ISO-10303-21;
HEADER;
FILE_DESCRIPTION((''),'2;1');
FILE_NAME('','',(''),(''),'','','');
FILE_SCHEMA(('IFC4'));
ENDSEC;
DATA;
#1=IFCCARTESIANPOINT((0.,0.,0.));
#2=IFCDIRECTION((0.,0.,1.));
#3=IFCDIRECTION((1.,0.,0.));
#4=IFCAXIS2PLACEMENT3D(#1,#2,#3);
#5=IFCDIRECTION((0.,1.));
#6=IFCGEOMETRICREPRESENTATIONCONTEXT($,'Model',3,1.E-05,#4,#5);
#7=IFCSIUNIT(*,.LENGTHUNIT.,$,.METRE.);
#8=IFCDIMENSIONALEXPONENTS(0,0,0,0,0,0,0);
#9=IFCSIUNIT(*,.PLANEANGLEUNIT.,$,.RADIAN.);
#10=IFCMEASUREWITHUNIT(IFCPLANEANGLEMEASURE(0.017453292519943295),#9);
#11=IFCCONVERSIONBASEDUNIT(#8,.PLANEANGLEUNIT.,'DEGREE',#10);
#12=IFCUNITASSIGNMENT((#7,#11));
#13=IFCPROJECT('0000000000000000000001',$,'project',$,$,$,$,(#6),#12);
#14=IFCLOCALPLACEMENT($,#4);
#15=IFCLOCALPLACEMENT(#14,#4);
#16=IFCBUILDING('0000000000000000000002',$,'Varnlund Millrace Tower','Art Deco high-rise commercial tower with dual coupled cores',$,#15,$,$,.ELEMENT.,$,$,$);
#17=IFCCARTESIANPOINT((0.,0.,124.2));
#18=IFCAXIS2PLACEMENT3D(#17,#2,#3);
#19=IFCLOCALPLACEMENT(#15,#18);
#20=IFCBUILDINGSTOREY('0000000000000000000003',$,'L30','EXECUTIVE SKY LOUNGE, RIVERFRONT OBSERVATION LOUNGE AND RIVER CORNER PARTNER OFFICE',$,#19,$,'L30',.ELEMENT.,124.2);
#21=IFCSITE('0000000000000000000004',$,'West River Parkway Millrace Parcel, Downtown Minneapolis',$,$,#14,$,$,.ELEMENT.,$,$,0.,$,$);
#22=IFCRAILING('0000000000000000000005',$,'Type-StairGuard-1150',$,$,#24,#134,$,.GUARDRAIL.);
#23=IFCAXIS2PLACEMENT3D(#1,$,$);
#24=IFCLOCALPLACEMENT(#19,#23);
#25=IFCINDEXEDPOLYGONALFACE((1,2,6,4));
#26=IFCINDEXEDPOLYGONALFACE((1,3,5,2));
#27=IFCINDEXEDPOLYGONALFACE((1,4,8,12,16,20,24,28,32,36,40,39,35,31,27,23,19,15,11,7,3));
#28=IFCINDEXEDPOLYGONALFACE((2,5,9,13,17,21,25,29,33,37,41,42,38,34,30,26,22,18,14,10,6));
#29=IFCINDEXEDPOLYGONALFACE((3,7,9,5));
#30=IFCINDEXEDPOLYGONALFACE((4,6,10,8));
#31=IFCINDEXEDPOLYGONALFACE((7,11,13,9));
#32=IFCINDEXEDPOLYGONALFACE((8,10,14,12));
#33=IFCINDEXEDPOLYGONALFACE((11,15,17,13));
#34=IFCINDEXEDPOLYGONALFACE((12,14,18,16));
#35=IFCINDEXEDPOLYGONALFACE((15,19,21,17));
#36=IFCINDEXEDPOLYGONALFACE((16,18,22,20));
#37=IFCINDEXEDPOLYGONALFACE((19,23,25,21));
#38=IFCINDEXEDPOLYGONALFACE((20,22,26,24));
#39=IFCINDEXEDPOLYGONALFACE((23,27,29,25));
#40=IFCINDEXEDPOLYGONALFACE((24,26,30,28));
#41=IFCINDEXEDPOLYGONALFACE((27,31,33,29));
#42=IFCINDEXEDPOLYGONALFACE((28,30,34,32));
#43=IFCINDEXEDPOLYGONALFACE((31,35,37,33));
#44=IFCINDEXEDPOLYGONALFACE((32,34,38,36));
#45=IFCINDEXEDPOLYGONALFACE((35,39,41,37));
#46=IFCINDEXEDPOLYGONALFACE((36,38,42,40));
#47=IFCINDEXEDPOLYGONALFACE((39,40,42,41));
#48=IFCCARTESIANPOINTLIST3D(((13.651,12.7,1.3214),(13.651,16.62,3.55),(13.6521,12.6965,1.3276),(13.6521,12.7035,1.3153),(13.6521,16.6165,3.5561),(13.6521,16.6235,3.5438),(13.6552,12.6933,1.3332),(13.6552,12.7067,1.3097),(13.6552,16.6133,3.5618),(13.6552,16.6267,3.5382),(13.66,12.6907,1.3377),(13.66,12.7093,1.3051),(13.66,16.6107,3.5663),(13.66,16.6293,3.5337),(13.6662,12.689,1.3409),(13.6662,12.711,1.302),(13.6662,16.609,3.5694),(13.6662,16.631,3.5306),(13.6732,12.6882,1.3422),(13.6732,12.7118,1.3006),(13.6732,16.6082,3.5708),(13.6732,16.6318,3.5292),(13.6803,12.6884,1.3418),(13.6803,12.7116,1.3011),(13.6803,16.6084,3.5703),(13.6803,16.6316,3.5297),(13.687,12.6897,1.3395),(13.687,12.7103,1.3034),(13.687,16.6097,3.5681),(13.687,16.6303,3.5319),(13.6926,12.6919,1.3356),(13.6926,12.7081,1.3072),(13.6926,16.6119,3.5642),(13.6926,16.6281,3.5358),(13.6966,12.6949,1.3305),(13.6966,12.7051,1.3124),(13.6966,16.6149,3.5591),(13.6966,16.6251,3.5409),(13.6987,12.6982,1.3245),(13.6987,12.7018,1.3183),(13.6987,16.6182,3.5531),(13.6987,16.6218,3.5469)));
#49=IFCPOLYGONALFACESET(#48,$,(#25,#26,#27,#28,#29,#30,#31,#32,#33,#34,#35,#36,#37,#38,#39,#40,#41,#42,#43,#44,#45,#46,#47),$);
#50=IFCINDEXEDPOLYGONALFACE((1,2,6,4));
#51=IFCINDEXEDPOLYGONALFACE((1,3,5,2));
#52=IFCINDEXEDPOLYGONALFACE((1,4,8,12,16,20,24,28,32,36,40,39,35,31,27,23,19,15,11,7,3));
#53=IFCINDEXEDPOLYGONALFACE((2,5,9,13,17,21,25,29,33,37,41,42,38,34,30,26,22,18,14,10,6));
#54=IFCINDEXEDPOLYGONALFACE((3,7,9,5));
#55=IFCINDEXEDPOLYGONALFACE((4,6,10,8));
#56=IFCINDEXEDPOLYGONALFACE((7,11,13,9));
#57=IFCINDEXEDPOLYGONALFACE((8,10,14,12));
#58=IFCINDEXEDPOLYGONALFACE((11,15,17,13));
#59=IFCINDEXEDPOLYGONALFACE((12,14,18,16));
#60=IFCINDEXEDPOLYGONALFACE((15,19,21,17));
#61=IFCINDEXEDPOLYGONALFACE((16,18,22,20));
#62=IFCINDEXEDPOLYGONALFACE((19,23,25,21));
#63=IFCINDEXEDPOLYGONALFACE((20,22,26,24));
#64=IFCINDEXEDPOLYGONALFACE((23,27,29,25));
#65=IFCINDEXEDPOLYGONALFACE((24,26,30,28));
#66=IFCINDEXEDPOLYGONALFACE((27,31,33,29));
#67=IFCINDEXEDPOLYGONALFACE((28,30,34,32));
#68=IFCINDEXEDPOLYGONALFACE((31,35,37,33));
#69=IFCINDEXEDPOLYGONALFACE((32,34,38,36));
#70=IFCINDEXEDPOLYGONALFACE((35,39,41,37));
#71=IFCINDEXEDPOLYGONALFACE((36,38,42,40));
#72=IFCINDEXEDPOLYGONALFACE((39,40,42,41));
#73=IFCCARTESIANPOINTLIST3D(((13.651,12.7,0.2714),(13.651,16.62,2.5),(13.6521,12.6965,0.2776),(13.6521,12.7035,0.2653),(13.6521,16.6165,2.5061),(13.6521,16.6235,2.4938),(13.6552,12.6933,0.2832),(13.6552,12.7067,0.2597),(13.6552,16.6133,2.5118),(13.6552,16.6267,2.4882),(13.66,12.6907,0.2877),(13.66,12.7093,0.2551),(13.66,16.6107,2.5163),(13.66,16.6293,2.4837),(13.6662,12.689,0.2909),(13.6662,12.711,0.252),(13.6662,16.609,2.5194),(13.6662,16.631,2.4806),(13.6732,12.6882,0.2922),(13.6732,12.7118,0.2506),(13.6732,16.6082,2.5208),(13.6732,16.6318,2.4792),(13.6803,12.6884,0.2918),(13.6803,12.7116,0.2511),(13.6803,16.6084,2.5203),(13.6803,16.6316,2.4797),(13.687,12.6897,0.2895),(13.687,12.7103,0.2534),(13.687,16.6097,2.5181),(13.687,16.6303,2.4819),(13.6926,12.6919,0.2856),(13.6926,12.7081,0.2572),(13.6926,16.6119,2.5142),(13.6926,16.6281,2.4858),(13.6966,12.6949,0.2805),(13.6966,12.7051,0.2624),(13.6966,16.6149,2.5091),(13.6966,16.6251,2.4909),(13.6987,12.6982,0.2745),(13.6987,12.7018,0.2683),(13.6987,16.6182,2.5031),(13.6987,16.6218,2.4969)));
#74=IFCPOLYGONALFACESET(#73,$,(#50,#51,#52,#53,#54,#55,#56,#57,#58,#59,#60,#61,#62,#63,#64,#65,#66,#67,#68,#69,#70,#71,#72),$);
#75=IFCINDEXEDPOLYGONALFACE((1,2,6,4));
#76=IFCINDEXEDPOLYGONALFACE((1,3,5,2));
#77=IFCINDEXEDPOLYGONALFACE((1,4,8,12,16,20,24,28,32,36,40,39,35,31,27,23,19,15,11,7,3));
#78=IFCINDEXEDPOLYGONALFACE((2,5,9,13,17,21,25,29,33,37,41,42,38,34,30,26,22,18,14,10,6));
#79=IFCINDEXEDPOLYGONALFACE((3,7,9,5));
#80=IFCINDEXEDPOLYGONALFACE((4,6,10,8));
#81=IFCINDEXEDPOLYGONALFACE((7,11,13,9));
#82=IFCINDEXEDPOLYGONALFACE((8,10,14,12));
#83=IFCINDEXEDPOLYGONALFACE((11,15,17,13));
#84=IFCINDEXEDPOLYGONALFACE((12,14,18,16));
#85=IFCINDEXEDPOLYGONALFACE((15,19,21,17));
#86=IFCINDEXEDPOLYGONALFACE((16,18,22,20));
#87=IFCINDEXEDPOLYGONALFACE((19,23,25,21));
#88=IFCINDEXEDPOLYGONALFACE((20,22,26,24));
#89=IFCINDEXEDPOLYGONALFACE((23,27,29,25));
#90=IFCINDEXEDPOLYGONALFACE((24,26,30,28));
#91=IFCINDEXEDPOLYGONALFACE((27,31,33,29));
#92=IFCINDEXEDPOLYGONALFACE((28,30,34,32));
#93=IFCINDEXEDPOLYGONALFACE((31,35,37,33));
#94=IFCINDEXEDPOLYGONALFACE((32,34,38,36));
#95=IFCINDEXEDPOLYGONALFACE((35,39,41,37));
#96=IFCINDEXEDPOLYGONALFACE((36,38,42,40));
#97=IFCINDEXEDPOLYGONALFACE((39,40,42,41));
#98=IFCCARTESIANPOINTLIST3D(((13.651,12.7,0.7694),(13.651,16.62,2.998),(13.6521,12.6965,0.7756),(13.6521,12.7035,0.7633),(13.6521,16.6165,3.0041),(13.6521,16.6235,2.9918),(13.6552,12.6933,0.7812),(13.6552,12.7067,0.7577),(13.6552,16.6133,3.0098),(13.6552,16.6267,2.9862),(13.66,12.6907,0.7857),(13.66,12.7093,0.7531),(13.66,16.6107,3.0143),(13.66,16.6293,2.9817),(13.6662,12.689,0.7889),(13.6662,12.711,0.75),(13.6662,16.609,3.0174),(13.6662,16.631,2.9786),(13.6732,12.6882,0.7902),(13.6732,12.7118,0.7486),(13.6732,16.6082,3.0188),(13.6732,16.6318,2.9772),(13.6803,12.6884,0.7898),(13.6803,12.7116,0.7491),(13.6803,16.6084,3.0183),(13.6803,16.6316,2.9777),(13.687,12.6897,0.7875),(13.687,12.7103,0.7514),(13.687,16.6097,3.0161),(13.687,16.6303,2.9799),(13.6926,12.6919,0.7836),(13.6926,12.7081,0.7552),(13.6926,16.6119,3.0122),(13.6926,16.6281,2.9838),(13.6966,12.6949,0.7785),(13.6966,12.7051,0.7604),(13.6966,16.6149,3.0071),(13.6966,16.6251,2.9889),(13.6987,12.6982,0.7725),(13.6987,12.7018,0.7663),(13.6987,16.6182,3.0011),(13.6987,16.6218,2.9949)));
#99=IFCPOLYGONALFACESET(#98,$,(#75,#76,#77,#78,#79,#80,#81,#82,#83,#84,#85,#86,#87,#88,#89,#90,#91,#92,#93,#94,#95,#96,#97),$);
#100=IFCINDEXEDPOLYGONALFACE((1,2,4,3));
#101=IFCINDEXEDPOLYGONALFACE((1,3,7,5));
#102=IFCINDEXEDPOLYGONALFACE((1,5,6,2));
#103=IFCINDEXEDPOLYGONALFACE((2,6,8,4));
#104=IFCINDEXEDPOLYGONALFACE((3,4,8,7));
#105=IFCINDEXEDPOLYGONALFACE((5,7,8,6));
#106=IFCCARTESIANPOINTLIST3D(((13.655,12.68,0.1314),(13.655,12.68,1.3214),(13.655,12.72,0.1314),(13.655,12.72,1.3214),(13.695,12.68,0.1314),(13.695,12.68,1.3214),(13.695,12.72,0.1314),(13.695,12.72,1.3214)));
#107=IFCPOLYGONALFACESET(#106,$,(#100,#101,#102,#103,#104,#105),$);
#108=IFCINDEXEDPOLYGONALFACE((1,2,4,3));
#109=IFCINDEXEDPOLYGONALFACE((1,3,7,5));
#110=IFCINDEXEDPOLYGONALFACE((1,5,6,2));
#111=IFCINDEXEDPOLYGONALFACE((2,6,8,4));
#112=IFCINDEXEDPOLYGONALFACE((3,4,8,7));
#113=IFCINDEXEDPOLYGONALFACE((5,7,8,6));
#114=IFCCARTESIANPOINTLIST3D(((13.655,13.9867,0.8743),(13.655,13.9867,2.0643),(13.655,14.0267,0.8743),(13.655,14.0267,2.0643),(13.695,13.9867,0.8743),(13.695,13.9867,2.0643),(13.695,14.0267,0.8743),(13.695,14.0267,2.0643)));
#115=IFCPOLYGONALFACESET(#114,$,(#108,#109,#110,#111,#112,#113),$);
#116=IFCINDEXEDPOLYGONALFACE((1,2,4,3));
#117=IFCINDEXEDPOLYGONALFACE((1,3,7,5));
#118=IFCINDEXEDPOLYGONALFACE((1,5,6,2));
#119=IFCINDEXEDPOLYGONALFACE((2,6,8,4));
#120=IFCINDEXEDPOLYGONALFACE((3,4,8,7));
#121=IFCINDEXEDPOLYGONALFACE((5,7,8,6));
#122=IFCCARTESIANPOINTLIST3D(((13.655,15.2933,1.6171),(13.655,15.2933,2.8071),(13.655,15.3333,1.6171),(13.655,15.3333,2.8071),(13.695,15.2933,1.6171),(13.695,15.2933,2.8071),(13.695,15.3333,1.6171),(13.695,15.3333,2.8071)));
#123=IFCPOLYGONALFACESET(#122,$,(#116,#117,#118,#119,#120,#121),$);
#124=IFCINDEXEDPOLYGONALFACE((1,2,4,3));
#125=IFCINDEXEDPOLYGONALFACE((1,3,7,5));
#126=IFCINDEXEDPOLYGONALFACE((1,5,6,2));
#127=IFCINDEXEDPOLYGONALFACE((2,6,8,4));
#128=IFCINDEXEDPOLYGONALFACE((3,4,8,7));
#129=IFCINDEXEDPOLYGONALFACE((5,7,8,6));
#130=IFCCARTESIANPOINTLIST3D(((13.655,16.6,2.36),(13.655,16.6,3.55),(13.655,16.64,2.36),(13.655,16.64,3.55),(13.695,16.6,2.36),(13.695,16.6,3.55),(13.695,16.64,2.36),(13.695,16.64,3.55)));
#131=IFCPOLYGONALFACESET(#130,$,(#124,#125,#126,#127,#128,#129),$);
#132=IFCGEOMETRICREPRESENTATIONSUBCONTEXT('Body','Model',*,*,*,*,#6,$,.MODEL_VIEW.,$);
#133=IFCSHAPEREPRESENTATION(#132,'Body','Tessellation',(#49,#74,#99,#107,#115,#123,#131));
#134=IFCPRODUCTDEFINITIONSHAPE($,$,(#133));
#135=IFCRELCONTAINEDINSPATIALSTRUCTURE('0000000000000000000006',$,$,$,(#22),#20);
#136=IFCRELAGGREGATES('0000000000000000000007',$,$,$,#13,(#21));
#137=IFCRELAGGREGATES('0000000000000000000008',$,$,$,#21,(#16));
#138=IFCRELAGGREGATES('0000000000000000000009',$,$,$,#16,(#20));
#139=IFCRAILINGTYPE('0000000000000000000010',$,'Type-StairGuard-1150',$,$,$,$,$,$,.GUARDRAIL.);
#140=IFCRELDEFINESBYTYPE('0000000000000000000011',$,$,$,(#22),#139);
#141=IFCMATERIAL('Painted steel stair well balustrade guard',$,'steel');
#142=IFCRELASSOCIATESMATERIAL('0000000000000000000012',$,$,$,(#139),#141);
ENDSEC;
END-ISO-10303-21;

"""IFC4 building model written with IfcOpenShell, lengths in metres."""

from ifc_helpers import new_model, entity, si_unit, converted_unit, direction, frame, origin_with_axes, origin_2d_with_axis, place, context, subcontext, project, spatial, rectangle, circle, extrude, material, type_object, element, save


model = new_model("IFC4")

# Units and contexts
model_context = context("Model", 3, precision=1e-05, world=origin_with_axes(), true_north=direction((0.0, 1.0)))
body_context = subcontext(model_context, "Body", "Model", "MODEL_VIEW")
ifc_project = project(units=[si_unit("LENGTHUNIT", "METRE"), converted_unit("PLANEANGLEUNIT", "DEGREE", entity("IfcPlaneAngleMeasure", 0.017453292519943295), si_unit("PLANEANGLEUNIT", "RADIAN"), dimensions=[0, 0, 0, 0, 0, 0, 0])], contexts=[model_context])

# Site, building, storey
site_placement = place(None, origin_with_axes())
site = spatial("IfcSite", under=ifc_project, at=site_placement, Name="West River Parkway Millrace Parcel, Downtown Minneapolis", CompositionType="ELEMENT", RefElevation=0.0)
building_placement = place(site_placement, origin_with_axes())
building = spatial("IfcBuilding", under=site, at=building_placement, Name="Varnlund Millrace Tower", Description="Art Deco high-rise commercial tower with dual coupled cores", CompositionType="ELEMENT")
storey_placement = place(building_placement, frame((0.0, 0.0, 124.2), z_axis=(0.0, 0.0, 1.0), x_axis=(1.0, 0.0, 0.0)))
storey = spatial("IfcBuildingStorey", under=building, at=storey_placement, Name="L30", Description="EXECUTIVE SKY LOUNGE, RIVERFRONT OBSERVATION LOUNGE AND RIVER CORNER PARTNER OFFICE", LongName="L30", CompositionType="ELEMENT", Elevation=124.2)

# Railing
ifc_material_1 = material(Name="Painted steel stair well balustrade guard", Category="steel")
railing_type_1 = type_object("IfcRailingType", Name="Type-StairGuard-1150", PredefinedType="GUARDRAIL", material=ifc_material_1)
railing_1_placement = place(storey_placement, frame((0.0, 0.0, -124.2), z_axis=(0.0, 0.0, 1.0), x_axis=(1.0, 0.0, 0.0)))
element("IfcRailing", 1, at=railing_1_placement, inside=storey, type_object=railing_type_1, Name="Type-StairGuard-1150", PredefinedType="GUARDRAIL", context=body_context, shape_type="SweptSolid", body=[
    extrude(circle(Radius=0.024, at=origin_2d_with_axis()), frame((13.675, 12.7, 125.5214), z_axis=(0.0, 0.869333, 0.494227), x_axis=(-1.0, 0.0, 0.0)), (0.0, 0.0, 1.0), 4.5092),
    extrude(circle(Radius=0.024, at=origin_2d_with_axis()), frame((13.675, 12.7, 124.4714), z_axis=(0.0, 0.869333, 0.494227), x_axis=(-1.0, 0.0, 0.0)), (0.0, 0.0, 1.0), 4.5092),
    extrude(circle(Radius=0.024, at=origin_2d_with_axis()), frame((13.675, 12.7, 124.9694), z_axis=(0.0, 0.869333, 0.494227), x_axis=(-1.0, 0.0, 0.0)), (0.0, 0.0, 1.0), 4.5092),
    extrude(rectangle(XDim=0.04, YDim=0.04, at=origin_2d_with_axis()), frame((13.675, 12.7, 124.3314), z_axis=(0.0, 0.0, 1.0), x_axis=(1.0, 0.0, 0.0)), (0.0, 0.0, 1.0), 1.19),
    extrude(rectangle(XDim=0.04, YDim=0.04, at=origin_2d_with_axis()), frame((13.675, 14.0067, 125.0743), z_axis=(0.0, 0.0, 1.0), x_axis=(1.0, 0.0, 0.0)), (0.0, 0.0, 1.0), 1.19),
    extrude(rectangle(XDim=0.04, YDim=0.04, at=origin_2d_with_axis()), frame((13.675, 15.3133, 125.8171), z_axis=(0.0, 0.0, 1.0), x_axis=(1.0, 0.0, 0.0)), (0.0, 0.0, 1.0), 1.19),
    extrude(rectangle(XDim=0.04, YDim=0.04, at=origin_2d_with_axis()), frame((13.675, 16.62, 126.56), z_axis=(0.0, 0.0, 1.0), x_axis=(1.0, 0.0, 0.0)), (0.0, 0.0, 1.0), 1.19),
])

save(model, "model.ifc")
